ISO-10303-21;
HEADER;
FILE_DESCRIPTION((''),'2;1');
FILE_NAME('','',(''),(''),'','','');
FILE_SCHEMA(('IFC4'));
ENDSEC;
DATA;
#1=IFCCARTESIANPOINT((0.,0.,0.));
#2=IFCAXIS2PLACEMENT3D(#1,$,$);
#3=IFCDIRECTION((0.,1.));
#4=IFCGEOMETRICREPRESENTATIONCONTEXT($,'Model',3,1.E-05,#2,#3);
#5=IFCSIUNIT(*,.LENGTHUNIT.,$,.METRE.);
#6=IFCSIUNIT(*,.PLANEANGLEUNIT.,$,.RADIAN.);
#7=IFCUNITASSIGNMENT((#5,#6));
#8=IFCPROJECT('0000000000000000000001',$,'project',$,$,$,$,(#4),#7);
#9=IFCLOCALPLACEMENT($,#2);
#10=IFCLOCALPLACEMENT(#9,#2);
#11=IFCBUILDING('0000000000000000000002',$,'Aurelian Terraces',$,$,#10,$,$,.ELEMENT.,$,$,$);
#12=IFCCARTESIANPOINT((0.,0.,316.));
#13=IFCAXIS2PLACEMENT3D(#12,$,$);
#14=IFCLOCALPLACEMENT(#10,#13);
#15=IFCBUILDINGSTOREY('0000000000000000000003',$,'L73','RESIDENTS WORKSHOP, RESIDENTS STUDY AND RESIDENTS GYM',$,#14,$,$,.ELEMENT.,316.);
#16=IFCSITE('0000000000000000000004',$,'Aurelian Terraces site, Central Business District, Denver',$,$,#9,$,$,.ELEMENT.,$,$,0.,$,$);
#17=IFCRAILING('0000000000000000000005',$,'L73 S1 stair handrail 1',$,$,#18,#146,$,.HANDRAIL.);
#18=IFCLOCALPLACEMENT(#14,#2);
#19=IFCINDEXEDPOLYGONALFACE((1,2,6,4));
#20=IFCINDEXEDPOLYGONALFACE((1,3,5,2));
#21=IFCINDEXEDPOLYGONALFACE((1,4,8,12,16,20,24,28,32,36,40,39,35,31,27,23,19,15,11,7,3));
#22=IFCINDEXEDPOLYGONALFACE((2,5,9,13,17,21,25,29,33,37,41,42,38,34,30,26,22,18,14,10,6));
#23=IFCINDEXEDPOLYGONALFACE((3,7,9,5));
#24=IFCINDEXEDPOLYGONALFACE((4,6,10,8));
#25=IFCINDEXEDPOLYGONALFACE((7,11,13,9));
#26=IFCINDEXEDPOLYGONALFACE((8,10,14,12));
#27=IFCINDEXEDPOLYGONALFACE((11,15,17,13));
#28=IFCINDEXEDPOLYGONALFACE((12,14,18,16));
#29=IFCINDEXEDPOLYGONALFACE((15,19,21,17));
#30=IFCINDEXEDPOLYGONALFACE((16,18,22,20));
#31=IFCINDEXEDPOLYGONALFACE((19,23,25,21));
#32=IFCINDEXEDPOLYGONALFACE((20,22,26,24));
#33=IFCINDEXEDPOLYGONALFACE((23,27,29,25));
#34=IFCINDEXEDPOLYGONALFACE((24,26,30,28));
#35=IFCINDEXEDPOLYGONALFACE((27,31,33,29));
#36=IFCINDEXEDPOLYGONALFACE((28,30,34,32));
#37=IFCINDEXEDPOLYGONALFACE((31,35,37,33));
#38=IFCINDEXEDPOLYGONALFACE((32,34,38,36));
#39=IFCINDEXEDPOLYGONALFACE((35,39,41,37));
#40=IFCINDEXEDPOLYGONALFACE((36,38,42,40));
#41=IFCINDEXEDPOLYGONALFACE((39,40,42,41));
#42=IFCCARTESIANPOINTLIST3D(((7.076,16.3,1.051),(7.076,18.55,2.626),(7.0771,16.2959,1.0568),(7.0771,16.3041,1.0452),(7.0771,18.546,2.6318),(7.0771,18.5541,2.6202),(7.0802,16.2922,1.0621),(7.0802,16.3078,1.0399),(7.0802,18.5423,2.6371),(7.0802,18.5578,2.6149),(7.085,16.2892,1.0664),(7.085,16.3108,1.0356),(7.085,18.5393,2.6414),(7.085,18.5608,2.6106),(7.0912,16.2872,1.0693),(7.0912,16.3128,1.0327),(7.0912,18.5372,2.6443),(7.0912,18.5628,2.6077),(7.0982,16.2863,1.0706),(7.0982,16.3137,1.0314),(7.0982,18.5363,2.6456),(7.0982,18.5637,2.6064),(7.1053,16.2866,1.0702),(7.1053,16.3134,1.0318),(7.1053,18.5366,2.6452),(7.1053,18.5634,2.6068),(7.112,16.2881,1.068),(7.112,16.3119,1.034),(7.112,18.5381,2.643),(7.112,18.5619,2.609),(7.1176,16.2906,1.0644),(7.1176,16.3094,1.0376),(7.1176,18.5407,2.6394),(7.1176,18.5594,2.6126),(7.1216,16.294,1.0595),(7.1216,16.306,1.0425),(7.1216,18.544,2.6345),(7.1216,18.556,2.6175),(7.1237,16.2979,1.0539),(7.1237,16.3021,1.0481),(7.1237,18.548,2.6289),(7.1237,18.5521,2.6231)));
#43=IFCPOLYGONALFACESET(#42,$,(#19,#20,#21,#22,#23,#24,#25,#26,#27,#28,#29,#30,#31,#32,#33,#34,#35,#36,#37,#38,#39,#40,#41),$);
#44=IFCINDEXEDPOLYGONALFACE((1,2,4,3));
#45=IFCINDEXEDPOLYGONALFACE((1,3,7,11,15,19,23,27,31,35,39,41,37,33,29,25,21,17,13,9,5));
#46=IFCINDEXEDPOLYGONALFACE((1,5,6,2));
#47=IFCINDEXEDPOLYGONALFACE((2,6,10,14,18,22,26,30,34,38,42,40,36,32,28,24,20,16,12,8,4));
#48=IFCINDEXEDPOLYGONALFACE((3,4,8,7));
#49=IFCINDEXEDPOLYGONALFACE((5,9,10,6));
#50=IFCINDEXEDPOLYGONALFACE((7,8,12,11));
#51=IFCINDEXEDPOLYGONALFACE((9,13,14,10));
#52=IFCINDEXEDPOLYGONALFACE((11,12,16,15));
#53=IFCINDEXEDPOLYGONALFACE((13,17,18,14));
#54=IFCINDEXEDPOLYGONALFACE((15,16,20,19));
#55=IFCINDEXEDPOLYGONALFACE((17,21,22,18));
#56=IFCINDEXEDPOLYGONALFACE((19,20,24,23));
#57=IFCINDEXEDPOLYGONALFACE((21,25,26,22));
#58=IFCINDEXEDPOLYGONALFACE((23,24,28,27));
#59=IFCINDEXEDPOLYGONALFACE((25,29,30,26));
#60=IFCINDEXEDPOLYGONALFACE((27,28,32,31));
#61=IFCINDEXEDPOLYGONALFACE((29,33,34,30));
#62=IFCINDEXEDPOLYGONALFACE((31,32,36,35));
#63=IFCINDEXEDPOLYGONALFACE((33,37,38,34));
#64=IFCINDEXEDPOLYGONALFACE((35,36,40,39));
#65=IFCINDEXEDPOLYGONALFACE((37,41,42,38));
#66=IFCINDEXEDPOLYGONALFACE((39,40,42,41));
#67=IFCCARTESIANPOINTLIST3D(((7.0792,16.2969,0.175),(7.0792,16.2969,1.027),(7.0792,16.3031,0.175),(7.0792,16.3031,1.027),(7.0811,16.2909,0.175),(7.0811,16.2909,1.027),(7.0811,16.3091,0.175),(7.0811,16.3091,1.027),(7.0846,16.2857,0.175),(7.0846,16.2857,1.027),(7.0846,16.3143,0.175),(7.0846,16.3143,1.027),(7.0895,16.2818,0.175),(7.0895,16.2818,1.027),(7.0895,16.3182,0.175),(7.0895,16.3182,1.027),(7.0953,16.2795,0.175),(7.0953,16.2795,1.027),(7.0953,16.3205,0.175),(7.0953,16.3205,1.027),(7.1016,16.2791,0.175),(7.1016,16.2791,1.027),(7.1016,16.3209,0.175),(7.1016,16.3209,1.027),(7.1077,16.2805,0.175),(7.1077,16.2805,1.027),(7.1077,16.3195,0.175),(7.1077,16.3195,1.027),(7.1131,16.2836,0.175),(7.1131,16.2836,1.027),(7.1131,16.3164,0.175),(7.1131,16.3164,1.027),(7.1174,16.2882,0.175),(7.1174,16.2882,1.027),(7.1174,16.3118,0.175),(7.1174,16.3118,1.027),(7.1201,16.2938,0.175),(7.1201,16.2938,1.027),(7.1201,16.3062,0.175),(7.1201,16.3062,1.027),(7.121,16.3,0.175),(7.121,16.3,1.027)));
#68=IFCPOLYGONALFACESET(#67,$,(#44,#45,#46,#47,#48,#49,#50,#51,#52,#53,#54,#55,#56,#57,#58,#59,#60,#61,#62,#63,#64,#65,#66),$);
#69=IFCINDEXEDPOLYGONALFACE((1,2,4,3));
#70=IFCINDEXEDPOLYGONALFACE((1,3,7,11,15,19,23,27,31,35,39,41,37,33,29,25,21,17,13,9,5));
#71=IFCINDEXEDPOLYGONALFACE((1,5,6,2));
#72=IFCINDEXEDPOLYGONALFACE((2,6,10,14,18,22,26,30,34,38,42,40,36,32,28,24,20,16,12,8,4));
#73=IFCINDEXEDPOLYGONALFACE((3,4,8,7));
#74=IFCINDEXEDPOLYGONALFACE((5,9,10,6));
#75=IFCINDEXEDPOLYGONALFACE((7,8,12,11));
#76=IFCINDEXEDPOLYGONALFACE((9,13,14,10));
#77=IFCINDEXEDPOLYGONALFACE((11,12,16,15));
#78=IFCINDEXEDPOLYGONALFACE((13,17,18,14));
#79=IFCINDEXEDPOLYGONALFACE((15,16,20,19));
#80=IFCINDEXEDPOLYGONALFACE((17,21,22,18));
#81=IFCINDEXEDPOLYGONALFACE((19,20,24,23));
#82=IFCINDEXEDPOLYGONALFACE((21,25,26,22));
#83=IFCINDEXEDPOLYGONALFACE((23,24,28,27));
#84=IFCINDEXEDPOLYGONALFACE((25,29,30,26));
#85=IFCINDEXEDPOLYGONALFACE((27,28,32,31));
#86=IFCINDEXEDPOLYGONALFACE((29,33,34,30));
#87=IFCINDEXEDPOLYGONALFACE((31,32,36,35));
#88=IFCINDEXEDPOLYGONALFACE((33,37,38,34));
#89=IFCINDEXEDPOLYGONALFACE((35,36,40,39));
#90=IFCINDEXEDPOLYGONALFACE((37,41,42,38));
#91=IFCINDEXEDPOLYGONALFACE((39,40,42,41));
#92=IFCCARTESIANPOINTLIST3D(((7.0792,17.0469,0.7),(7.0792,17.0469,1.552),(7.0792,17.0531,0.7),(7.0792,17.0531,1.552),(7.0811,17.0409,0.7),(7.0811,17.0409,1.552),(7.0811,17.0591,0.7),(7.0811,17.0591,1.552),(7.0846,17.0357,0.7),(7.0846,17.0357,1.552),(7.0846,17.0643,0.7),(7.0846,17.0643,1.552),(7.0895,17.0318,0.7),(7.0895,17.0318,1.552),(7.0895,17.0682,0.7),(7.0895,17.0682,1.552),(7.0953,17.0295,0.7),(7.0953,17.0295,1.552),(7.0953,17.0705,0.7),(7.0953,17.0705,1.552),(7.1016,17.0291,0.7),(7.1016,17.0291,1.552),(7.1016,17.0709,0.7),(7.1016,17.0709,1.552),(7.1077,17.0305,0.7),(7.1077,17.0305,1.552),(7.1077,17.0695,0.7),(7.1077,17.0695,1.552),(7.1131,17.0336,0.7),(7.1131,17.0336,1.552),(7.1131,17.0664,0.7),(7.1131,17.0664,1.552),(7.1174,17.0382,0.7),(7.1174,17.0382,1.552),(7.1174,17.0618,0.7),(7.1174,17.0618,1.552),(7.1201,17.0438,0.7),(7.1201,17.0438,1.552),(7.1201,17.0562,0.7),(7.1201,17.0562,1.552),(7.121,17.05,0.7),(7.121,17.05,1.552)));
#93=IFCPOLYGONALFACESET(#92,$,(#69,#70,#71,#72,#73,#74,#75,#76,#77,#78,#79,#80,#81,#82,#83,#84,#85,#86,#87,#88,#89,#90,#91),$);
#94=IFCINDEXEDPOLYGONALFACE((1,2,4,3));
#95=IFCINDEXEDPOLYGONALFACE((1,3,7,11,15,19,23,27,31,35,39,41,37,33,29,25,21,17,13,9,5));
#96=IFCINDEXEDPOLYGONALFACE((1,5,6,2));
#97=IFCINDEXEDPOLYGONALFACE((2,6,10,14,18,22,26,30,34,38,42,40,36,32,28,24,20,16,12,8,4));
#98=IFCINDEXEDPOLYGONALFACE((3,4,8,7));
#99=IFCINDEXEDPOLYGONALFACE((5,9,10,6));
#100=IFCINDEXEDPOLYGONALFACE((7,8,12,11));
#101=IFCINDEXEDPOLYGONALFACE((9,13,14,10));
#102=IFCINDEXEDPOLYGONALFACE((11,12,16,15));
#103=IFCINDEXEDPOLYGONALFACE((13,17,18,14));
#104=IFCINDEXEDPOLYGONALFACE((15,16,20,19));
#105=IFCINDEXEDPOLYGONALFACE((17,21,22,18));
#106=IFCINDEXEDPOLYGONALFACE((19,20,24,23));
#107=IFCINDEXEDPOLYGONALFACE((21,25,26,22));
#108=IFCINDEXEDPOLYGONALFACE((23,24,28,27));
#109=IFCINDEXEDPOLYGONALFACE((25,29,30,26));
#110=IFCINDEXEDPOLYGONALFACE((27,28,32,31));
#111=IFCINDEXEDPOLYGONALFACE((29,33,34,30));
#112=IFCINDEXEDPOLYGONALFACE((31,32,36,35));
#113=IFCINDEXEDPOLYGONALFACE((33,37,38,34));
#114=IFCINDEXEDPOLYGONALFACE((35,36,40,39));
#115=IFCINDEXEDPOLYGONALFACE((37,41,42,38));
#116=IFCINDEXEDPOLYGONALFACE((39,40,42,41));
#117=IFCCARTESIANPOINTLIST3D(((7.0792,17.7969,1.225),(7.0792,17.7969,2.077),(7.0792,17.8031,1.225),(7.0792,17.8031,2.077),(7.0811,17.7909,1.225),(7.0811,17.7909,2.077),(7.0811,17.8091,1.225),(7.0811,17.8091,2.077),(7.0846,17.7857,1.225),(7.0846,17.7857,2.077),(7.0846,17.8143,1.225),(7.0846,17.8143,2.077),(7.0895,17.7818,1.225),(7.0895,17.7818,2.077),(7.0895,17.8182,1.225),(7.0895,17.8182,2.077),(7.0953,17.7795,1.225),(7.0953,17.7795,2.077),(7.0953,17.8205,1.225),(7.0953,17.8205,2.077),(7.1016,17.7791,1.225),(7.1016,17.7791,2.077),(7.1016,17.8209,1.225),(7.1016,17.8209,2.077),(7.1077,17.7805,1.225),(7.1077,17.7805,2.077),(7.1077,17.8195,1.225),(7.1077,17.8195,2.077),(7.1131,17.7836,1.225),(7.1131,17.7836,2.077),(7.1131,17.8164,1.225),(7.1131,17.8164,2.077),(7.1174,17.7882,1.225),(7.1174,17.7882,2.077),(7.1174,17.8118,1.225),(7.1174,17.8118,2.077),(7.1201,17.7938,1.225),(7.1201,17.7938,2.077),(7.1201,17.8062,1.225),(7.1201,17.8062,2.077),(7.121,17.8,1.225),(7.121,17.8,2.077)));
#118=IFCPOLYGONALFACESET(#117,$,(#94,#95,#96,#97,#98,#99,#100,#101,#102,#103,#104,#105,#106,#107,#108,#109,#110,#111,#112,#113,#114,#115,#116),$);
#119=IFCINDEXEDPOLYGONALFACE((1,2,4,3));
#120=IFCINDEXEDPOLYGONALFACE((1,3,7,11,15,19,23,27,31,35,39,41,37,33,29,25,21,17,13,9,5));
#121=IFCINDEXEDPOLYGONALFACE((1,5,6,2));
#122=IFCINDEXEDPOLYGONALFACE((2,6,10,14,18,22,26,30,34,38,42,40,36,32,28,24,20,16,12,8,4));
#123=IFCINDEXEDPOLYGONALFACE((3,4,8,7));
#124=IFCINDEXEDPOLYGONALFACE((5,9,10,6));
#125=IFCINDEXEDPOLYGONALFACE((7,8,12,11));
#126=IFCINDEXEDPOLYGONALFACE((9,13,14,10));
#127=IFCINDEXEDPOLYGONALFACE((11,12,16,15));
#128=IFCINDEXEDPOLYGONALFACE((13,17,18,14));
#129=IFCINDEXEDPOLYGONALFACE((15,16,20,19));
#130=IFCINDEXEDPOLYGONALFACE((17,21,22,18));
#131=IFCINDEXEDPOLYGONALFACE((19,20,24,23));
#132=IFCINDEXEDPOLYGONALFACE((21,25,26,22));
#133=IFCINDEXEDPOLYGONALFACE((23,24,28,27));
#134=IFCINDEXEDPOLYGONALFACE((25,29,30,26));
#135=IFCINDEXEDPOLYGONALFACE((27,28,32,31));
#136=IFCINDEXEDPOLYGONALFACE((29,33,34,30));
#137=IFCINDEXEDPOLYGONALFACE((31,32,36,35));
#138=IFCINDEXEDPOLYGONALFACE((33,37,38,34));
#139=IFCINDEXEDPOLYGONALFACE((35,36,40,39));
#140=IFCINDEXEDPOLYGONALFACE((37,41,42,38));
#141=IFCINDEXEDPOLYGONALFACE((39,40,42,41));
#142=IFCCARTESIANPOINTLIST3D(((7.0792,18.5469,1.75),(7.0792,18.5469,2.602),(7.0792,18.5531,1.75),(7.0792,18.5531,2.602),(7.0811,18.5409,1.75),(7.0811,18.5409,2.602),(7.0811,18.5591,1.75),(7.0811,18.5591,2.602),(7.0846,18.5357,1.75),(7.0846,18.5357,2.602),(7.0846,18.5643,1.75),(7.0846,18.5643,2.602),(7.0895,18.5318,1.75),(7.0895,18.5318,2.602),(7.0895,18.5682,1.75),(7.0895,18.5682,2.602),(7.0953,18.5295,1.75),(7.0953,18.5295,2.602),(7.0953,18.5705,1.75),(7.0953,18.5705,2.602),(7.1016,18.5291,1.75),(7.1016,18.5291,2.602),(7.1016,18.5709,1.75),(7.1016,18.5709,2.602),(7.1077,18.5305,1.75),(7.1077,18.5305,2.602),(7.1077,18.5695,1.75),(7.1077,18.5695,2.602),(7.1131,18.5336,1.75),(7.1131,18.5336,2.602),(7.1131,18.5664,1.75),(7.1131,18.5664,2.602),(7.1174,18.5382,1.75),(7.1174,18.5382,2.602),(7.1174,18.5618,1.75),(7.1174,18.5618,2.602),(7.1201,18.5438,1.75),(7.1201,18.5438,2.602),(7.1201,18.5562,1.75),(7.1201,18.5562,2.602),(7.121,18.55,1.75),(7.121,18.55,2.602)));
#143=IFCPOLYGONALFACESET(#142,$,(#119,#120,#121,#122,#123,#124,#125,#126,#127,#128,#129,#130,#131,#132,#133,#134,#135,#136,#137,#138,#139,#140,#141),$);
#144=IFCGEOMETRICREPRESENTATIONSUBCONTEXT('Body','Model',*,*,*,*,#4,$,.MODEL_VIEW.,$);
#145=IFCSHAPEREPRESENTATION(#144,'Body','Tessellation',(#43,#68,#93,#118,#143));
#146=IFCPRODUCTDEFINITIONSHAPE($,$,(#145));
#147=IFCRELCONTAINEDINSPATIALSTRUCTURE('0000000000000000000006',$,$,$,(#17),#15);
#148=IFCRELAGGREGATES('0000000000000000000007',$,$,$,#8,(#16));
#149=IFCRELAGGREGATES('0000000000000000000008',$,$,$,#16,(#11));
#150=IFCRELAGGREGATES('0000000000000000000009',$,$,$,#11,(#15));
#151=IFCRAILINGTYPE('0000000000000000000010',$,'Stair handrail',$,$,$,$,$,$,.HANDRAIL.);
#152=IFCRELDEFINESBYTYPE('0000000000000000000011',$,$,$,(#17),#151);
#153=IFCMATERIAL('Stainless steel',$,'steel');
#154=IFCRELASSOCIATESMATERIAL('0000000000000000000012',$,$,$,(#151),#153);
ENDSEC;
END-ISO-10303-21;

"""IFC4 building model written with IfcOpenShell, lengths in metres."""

from ifc_helpers import new_model, si_unit, direction, frame, origin, origin_2d, place, context, subcontext, project, spatial, circle, extrude, source, transform, mapped, material, type_object, element, save


model = new_model("IFC4")

# Units and contexts
model_context = context("Model", 3, precision=1e-05, world=origin(), true_north=direction((0.0, 1.0)))
body_context = subcontext(model_context, "Body", "Model", "MODEL_VIEW")
ifc_project = project(units=[si_unit("LENGTHUNIT", "METRE"), si_unit("PLANEANGLEUNIT", "RADIAN")], contexts=[model_context])

# Site, building, storey
site_placement = place(None, origin())
site = spatial("IfcSite", under=ifc_project, at=site_placement, Name="Aurelian Terraces site, Central Business District, Denver", CompositionType="ELEMENT", RefElevation=0.0)
building_placement = place(site_placement, origin())
building = spatial("IfcBuilding", under=site, at=building_placement, Name="Aurelian Terraces", CompositionType="ELEMENT")
storey_placement = place(building_placement, frame((0.0, 0.0, 316.0)))
storey = spatial("IfcBuildingStorey", under=building, at=storey_placement, Name="L73", Description="RESIDENTS WORKSHOP, RESIDENTS STUDY AND RESIDENTS GYM", CompositionType="ELEMENT", Elevation=316.0)

# Railing
ifc_material_1 = material(Name="Stainless steel", Category="steel")
railing_type_1 = type_object("IfcRailingType", Name="Stair handrail", PredefinedType="HANDRAIL", material=ifc_material_1)
shared_shape_1 = source(origin(), body_context, "Body", "SweptSolid", [
    extrude(circle(Radius=0.024, at=origin_2d()), frame((0.0, 0.0, 0.876), z_axis=(0.0, 0.819232, 0.573462), x_axis=(-1.0, 0.0, 0.0)), (0.0, 0.0, 1.0), 2.7465),
    extrude(circle(Radius=0.021, at=origin_2d()), origin(), (0.0, 0.0, 1.0), 0.852),
    extrude(circle(Radius=0.021, at=origin_2d()), frame((0.0, 0.75, 0.525)), (0.0, 0.0, 1.0), 0.852),
    extrude(circle(Radius=0.021, at=origin_2d()), frame((0.0, 1.5, 1.05)), (0.0, 0.0, 1.0), 0.852),
    extrude(circle(Radius=0.021, at=origin_2d()), frame((0.0, 2.25, 1.575)), (0.0, 0.0, 1.0), 0.852),
])
railing_1_placement = place(storey_placement, frame((7.1, 16.3, 0.175)))
element("IfcRailing", 1, at=railing_1_placement, inside=storey, type_object=railing_type_1, Name="L73 S1 stair handrail 1", PredefinedType="HANDRAIL", context=body_context, shape_type="MappedRepresentation", body=[
    mapped(shared_shape_1, transform((0.0, 0.0, 0.0), scale=1.0)),
])

save(model, "model.ifc")
